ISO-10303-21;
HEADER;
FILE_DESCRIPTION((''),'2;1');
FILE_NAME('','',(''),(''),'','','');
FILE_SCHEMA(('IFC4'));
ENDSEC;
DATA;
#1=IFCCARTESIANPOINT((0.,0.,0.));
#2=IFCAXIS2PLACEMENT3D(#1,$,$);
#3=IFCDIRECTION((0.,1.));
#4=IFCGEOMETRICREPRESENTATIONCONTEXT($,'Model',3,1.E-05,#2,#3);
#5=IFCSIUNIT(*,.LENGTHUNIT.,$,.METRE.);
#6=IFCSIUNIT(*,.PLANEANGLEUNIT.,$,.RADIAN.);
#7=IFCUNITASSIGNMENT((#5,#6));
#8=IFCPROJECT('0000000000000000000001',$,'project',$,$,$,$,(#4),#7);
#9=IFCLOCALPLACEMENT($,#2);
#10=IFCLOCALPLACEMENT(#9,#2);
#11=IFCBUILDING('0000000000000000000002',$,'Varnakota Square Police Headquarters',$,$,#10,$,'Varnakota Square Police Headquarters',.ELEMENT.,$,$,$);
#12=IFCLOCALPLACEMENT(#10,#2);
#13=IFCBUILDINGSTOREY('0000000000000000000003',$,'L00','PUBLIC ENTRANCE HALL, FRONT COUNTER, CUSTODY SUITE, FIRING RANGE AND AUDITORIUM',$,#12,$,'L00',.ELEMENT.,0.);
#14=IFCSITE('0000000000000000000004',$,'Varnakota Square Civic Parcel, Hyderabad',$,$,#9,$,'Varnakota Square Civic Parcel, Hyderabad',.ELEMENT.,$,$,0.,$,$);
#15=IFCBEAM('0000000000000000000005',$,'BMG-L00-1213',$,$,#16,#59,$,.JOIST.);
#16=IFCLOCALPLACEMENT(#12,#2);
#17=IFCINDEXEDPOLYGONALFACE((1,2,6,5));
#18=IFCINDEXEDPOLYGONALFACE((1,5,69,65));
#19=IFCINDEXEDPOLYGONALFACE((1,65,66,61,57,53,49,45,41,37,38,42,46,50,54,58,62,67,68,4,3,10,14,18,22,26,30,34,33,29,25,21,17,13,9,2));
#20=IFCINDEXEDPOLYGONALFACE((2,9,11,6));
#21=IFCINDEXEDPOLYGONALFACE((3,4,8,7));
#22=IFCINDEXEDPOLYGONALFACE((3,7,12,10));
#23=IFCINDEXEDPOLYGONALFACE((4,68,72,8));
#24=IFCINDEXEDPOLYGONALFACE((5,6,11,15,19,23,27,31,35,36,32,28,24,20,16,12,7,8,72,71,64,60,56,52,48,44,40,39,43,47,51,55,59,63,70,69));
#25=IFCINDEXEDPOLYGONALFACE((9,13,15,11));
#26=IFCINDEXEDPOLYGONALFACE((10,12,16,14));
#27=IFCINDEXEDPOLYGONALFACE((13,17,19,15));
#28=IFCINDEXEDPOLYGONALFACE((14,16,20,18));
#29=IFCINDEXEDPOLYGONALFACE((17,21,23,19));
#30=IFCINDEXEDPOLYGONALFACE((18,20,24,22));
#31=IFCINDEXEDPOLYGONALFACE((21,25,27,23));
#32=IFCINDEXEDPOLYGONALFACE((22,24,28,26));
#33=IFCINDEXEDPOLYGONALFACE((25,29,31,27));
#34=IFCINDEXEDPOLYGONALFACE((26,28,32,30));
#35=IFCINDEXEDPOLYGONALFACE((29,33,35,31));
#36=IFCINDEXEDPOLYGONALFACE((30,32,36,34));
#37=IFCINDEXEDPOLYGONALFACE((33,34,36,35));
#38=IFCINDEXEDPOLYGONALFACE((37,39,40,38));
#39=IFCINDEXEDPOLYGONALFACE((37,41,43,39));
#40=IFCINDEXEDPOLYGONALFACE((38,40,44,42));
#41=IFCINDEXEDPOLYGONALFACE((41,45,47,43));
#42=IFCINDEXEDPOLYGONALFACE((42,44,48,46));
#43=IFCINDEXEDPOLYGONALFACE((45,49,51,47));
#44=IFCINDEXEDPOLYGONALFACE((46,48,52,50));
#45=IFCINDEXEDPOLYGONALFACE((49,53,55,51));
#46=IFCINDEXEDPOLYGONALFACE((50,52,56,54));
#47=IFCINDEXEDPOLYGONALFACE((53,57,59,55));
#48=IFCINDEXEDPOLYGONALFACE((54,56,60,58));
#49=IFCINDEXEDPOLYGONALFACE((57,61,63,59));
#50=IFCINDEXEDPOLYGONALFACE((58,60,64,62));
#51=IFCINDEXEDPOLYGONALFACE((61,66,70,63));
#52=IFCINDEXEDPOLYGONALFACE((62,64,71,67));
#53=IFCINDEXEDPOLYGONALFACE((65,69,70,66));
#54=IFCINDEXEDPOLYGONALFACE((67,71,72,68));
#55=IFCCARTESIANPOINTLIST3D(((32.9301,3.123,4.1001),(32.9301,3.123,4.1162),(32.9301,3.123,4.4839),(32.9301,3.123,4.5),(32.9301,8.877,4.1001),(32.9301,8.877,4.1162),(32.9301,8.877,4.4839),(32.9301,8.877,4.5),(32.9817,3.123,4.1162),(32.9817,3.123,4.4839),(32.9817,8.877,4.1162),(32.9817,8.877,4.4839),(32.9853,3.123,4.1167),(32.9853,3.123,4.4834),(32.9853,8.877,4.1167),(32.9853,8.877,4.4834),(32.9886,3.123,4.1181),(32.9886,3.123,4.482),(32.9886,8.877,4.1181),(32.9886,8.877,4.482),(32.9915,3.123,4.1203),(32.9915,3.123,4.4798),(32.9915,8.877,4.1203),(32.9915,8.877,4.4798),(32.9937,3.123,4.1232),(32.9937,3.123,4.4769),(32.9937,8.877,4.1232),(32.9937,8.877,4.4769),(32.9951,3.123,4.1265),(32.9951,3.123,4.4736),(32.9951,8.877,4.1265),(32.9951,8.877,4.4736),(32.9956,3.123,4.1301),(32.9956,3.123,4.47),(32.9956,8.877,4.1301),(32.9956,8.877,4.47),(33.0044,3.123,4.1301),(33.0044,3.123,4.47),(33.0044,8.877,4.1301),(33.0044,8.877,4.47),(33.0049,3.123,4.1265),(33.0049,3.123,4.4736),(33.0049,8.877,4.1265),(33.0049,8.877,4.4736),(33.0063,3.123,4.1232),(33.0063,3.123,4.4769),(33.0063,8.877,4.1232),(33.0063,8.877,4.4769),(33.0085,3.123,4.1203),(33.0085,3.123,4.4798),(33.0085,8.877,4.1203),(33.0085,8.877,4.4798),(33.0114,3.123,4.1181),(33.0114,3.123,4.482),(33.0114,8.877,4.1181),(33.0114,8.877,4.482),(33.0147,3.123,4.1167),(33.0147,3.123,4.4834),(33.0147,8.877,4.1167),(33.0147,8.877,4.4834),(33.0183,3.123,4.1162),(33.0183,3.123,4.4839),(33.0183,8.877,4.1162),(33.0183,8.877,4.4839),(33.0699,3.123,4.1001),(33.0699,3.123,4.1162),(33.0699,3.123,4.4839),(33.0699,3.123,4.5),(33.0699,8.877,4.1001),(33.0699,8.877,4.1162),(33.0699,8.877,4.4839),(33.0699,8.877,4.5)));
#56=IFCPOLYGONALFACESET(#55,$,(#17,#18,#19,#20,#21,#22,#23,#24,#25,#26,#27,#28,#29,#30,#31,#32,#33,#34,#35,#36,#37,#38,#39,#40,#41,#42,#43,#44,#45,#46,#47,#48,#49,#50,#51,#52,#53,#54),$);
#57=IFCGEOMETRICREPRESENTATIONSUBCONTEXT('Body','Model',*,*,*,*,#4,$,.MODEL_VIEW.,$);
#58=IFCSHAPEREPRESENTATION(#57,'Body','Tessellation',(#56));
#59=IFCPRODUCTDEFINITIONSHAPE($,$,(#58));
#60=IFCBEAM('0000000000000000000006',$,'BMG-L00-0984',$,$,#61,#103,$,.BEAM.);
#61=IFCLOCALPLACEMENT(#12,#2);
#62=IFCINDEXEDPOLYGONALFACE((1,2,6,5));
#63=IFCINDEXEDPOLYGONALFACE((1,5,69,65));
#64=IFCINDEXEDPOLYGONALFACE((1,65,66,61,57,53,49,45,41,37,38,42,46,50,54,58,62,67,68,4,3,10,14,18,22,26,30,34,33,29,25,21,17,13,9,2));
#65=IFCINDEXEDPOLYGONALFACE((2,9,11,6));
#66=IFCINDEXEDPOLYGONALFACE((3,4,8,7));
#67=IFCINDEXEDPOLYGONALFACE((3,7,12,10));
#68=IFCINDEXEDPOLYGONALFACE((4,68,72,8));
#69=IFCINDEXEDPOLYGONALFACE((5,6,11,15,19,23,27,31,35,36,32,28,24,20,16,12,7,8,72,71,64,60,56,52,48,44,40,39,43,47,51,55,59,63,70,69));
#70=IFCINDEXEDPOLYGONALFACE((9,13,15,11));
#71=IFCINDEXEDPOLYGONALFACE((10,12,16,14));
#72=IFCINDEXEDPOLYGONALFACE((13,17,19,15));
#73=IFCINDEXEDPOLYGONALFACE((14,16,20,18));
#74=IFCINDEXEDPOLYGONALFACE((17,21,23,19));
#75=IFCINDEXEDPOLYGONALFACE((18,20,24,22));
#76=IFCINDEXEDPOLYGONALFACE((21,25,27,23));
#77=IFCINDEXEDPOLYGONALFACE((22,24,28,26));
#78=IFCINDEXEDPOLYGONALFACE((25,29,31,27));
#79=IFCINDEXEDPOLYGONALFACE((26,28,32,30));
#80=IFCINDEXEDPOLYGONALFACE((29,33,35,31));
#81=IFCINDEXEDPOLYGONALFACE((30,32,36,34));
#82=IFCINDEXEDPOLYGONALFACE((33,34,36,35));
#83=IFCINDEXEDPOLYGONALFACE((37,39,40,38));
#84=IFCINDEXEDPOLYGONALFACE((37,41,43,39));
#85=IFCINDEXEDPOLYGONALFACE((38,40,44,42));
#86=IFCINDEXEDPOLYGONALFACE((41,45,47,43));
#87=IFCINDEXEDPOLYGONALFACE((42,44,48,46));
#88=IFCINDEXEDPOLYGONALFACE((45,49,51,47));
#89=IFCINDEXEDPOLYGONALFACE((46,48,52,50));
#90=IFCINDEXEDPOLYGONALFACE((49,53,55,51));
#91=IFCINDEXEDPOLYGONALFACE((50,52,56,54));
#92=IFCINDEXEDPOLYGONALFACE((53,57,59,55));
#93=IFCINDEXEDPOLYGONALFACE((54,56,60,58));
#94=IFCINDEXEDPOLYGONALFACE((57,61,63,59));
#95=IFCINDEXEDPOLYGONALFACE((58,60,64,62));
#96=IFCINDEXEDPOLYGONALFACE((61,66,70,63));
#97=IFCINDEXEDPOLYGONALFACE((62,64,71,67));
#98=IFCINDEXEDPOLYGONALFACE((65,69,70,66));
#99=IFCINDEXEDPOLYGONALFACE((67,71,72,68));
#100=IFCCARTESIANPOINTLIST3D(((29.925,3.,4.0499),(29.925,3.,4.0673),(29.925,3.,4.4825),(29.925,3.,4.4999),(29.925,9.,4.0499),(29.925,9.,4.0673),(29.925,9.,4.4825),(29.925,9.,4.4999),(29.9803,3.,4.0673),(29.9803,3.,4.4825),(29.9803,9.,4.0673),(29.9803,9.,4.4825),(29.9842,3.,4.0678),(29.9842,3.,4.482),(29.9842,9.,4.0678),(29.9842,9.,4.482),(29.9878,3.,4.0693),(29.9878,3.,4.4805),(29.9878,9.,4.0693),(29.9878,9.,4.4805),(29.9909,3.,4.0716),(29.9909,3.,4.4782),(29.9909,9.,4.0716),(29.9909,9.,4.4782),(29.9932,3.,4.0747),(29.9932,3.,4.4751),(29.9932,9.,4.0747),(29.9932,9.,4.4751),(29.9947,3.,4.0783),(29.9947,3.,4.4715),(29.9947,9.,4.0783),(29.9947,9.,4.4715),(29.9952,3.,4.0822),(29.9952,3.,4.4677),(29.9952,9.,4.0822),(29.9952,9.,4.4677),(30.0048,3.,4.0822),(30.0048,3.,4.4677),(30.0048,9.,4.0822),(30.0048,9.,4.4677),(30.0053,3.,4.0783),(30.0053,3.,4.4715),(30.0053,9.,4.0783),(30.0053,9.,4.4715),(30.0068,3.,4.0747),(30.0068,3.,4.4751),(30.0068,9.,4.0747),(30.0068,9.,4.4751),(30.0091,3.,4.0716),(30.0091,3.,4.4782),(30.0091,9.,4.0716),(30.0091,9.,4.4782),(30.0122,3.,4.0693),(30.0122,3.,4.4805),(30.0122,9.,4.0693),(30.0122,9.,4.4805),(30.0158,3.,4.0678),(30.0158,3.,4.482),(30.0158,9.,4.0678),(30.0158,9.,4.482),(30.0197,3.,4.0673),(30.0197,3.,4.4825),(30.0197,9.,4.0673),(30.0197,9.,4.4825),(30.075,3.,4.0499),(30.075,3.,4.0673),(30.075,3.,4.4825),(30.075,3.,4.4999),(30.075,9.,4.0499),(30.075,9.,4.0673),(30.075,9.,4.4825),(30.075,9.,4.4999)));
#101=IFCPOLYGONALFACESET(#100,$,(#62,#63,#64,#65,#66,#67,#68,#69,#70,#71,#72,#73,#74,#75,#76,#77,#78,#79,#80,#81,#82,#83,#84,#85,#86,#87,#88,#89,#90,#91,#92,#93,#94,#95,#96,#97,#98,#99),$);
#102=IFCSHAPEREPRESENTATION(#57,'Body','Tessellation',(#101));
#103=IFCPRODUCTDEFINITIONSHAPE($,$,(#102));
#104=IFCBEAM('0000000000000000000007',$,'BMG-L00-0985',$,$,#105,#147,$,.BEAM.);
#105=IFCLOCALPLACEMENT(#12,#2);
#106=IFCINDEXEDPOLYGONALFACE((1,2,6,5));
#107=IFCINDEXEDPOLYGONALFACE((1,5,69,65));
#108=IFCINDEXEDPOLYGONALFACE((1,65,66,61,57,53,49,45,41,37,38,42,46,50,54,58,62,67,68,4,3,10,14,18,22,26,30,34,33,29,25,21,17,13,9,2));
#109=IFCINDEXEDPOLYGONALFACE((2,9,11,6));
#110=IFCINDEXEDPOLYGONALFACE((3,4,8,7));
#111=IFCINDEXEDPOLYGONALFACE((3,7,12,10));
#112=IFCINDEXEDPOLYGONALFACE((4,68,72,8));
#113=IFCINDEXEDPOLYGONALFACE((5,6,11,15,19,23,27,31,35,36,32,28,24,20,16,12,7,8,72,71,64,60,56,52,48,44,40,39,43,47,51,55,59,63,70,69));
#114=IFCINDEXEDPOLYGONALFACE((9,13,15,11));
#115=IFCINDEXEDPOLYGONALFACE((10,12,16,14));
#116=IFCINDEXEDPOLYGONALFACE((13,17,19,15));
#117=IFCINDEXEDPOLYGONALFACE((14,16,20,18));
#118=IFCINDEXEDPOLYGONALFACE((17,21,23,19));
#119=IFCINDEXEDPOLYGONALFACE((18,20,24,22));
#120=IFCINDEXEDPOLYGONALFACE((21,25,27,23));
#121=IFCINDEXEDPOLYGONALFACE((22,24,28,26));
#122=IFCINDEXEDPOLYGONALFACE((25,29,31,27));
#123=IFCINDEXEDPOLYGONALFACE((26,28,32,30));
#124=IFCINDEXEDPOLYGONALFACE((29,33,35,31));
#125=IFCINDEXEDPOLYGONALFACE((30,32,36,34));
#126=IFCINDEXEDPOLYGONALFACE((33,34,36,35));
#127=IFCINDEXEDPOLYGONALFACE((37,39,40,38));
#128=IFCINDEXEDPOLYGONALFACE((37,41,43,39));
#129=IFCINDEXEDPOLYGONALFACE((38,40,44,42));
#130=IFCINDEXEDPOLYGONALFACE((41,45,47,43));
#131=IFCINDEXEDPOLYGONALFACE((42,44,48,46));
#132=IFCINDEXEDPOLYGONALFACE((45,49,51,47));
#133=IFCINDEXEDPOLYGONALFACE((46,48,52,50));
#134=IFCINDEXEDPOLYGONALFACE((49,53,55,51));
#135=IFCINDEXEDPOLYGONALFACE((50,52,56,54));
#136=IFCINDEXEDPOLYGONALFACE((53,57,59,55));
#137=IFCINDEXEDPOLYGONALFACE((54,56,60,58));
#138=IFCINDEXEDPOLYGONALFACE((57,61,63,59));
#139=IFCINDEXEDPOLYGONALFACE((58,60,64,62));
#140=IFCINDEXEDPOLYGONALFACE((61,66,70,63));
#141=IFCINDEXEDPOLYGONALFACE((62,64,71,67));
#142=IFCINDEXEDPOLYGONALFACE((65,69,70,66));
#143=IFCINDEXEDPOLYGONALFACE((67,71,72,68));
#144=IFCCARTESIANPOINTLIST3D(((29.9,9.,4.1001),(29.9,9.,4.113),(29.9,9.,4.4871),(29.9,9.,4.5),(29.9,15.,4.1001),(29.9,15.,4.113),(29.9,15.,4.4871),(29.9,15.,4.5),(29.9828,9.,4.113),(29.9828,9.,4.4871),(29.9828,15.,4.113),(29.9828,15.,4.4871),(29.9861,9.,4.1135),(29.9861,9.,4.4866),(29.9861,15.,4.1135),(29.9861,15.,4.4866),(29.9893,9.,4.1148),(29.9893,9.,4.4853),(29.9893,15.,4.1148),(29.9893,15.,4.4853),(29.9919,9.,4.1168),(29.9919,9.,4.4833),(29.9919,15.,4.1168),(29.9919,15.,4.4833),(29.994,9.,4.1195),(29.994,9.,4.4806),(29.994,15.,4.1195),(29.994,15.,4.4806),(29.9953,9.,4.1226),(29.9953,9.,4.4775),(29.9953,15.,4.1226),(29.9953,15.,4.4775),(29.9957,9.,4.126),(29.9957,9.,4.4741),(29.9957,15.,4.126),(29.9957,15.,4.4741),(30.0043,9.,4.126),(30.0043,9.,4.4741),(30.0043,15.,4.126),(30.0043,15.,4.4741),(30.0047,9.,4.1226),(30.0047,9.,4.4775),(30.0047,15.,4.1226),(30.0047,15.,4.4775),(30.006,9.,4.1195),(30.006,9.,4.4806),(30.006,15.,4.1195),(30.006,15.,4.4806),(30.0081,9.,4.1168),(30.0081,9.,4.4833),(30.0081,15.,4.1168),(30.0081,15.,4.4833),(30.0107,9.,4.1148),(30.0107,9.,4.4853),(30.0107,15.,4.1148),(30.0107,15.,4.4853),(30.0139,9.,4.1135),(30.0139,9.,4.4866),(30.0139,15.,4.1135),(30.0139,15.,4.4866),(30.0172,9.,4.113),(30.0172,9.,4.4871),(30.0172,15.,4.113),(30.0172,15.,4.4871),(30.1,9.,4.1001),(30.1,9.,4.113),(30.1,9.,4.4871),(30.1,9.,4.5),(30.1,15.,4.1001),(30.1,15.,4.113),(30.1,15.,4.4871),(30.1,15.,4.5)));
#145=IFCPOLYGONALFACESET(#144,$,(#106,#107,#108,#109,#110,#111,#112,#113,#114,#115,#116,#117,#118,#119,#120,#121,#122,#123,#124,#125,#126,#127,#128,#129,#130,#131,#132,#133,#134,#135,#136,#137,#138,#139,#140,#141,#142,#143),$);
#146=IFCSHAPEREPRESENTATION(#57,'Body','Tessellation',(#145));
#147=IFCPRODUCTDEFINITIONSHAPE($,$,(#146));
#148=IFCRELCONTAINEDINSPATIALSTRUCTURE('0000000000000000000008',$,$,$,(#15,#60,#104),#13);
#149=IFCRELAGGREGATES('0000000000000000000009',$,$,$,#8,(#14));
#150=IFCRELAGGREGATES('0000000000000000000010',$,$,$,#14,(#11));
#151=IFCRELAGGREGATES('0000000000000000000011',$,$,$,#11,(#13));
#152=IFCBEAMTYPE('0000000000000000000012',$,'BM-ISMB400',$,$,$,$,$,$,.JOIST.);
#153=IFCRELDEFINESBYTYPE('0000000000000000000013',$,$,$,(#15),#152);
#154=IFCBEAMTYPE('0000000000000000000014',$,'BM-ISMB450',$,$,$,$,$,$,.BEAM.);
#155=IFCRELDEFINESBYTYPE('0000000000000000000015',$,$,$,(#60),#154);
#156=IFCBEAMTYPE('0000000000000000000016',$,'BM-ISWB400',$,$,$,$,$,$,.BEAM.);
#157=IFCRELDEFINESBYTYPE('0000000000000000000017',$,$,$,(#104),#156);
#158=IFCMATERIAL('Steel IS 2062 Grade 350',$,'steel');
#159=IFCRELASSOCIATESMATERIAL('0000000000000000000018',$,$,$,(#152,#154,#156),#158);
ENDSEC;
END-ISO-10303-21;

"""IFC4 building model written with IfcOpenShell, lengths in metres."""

from ifc_helpers import new_model, si_unit, direction, frame, origin, origin_2d, place, context, subcontext, project, spatial, i_section, extrude, material, material_profile, profile_set, type_object, element, save


model = new_model("IFC4")

# Units and contexts
model_context = context("Model", 3, precision=1e-05, world=origin(), true_north=direction((0.0, 1.0)))
body_context = subcontext(model_context, "Body", "Model", "MODEL_VIEW")
ifc_project = project(units=[si_unit("LENGTHUNIT", "METRE"), si_unit("PLANEANGLEUNIT", "RADIAN")], contexts=[model_context])

# Site, building, storey
site_placement = place(None, origin())
site = spatial("IfcSite", under=ifc_project, at=site_placement, Name="Varnakota Square Civic Parcel, Hyderabad", LongName="Varnakota Square Civic Parcel, Hyderabad", CompositionType="ELEMENT", RefElevation=0.0)
building_placement = place(site_placement, origin())
building = spatial("IfcBuilding", under=site, at=building_placement, Name="Varnakota Square Police Headquarters", LongName="Varnakota Square Police Headquarters", CompositionType="ELEMENT")
storey_placement = place(building_placement, origin())
storey = spatial("IfcBuildingStorey", under=building, at=storey_placement, Name="L00", Description="PUBLIC ENTRANCE HALL, FRONT COUNTER, CUSTODY SUITE, FIRING RANGE AND AUDITORIUM", LongName="L00", CompositionType="ELEMENT", Elevation=0.0)

# Beams
ifc_material_1 = material(Name="Steel IS 2062 Grade 350", Category="steel")
ifc_material_profile_1 = material_profile(ifc_material_1, i_section(OverallWidth=0.1399, OverallDepth=0.3999, WebThickness=0.0088, FlangeThickness=0.0161, FilletRadius=0.0139, at=origin_2d()), Name="ISMB 400")
ifc_profile_set_1 = profile_set([ifc_material_profile_1], Name="Steel IS 2062 Grade 350")
beam_type_1 = type_object("IfcBeamType", Name="BM-ISMB400", PredefinedType="JOIST", material=ifc_profile_set_1)
for number, where, z_axis, x_axis, name in (
    (1, (33.0, 3.123, 4.3), (0.0, 1.0, 0.0), (-1.0, 0.0, 0.0), "BMG-L00-1213"),
):
    element("IfcBeam", number, at=place(storey_placement, frame(where, z_axis=z_axis, x_axis=x_axis)), inside=storey, type_object=beam_type_1, Name=name, PredefinedType="JOIST", context=body_context, shape_type="SweptSolid", body=[
        extrude(i_section(OverallWidth=0.1399, OverallDepth=0.3999, WebThickness=0.0088, FlangeThickness=0.0161, FilletRadius=0.0139, at=origin_2d()), origin(), (0.0, 0.0, 1.0), 5.7539),
    ])
ifc_material_profile_2 = material_profile(ifc_material_1, i_section(OverallWidth=0.1499, OverallDepth=0.45, WebThickness=0.0095, FlangeThickness=0.0173, FilletRadius=0.0149, at=origin_2d()), Name="ISMB 450")
ifc_profile_set_2 = profile_set([ifc_material_profile_2], Name="Steel IS 2062 Grade 350")
beam_type_2 = type_object("IfcBeamType", Name="BM-ISMB450", PredefinedType="BEAM", material=ifc_profile_set_2)
beam_1_placement = place(storey_placement, frame((30.0, 3.0, 4.2749), z_axis=(0.0, 1.0, 0.0), x_axis=(-1.0, 0.0, 0.0)))
element("IfcBeam", 2, at=beam_1_placement, inside=storey, type_object=beam_type_2, Name="BMG-L00-0984", PredefinedType="BEAM", context=body_context, shape_type="SweptSolid", body=[
    extrude(i_section(OverallWidth=0.1499, OverallDepth=0.45, WebThickness=0.0095, FlangeThickness=0.0173, FilletRadius=0.0149, at=origin_2d()), origin(), (0.0, 0.0, 1.0), 6.0),
])
ifc_material_profile_3 = material_profile(ifc_material_1, i_section(OverallWidth=0.2, OverallDepth=0.3999, WebThickness=0.0085, FlangeThickness=0.0129, FilletRadius=0.0129, at=origin_2d()), Name="ISWB 400")
ifc_profile_set_3 = profile_set([ifc_material_profile_3], Name="Steel IS 2062 Grade 350")
beam_type_3 = type_object("IfcBeamType", Name="BM-ISWB400", PredefinedType="BEAM", material=ifc_profile_set_3)
beam_2_placement = place(storey_placement, frame((30.0, 9.0, 4.3), z_axis=(0.0, 1.0, 0.0), x_axis=(-1.0, 0.0, 0.0)))
element("IfcBeam", 3, at=beam_2_placement, inside=storey, type_object=beam_type_3, Name="BMG-L00-0985", PredefinedType="BEAM", context=body_context, shape_type="SweptSolid", body=[
    extrude(i_section(OverallWidth=0.2, OverallDepth=0.3999, WebThickness=0.0085, FlangeThickness=0.0129, FilletRadius=0.0129, at=origin_2d()), origin(), (0.0, 0.0, 1.0), 6.0),
])

save(model, "model.ifc")
